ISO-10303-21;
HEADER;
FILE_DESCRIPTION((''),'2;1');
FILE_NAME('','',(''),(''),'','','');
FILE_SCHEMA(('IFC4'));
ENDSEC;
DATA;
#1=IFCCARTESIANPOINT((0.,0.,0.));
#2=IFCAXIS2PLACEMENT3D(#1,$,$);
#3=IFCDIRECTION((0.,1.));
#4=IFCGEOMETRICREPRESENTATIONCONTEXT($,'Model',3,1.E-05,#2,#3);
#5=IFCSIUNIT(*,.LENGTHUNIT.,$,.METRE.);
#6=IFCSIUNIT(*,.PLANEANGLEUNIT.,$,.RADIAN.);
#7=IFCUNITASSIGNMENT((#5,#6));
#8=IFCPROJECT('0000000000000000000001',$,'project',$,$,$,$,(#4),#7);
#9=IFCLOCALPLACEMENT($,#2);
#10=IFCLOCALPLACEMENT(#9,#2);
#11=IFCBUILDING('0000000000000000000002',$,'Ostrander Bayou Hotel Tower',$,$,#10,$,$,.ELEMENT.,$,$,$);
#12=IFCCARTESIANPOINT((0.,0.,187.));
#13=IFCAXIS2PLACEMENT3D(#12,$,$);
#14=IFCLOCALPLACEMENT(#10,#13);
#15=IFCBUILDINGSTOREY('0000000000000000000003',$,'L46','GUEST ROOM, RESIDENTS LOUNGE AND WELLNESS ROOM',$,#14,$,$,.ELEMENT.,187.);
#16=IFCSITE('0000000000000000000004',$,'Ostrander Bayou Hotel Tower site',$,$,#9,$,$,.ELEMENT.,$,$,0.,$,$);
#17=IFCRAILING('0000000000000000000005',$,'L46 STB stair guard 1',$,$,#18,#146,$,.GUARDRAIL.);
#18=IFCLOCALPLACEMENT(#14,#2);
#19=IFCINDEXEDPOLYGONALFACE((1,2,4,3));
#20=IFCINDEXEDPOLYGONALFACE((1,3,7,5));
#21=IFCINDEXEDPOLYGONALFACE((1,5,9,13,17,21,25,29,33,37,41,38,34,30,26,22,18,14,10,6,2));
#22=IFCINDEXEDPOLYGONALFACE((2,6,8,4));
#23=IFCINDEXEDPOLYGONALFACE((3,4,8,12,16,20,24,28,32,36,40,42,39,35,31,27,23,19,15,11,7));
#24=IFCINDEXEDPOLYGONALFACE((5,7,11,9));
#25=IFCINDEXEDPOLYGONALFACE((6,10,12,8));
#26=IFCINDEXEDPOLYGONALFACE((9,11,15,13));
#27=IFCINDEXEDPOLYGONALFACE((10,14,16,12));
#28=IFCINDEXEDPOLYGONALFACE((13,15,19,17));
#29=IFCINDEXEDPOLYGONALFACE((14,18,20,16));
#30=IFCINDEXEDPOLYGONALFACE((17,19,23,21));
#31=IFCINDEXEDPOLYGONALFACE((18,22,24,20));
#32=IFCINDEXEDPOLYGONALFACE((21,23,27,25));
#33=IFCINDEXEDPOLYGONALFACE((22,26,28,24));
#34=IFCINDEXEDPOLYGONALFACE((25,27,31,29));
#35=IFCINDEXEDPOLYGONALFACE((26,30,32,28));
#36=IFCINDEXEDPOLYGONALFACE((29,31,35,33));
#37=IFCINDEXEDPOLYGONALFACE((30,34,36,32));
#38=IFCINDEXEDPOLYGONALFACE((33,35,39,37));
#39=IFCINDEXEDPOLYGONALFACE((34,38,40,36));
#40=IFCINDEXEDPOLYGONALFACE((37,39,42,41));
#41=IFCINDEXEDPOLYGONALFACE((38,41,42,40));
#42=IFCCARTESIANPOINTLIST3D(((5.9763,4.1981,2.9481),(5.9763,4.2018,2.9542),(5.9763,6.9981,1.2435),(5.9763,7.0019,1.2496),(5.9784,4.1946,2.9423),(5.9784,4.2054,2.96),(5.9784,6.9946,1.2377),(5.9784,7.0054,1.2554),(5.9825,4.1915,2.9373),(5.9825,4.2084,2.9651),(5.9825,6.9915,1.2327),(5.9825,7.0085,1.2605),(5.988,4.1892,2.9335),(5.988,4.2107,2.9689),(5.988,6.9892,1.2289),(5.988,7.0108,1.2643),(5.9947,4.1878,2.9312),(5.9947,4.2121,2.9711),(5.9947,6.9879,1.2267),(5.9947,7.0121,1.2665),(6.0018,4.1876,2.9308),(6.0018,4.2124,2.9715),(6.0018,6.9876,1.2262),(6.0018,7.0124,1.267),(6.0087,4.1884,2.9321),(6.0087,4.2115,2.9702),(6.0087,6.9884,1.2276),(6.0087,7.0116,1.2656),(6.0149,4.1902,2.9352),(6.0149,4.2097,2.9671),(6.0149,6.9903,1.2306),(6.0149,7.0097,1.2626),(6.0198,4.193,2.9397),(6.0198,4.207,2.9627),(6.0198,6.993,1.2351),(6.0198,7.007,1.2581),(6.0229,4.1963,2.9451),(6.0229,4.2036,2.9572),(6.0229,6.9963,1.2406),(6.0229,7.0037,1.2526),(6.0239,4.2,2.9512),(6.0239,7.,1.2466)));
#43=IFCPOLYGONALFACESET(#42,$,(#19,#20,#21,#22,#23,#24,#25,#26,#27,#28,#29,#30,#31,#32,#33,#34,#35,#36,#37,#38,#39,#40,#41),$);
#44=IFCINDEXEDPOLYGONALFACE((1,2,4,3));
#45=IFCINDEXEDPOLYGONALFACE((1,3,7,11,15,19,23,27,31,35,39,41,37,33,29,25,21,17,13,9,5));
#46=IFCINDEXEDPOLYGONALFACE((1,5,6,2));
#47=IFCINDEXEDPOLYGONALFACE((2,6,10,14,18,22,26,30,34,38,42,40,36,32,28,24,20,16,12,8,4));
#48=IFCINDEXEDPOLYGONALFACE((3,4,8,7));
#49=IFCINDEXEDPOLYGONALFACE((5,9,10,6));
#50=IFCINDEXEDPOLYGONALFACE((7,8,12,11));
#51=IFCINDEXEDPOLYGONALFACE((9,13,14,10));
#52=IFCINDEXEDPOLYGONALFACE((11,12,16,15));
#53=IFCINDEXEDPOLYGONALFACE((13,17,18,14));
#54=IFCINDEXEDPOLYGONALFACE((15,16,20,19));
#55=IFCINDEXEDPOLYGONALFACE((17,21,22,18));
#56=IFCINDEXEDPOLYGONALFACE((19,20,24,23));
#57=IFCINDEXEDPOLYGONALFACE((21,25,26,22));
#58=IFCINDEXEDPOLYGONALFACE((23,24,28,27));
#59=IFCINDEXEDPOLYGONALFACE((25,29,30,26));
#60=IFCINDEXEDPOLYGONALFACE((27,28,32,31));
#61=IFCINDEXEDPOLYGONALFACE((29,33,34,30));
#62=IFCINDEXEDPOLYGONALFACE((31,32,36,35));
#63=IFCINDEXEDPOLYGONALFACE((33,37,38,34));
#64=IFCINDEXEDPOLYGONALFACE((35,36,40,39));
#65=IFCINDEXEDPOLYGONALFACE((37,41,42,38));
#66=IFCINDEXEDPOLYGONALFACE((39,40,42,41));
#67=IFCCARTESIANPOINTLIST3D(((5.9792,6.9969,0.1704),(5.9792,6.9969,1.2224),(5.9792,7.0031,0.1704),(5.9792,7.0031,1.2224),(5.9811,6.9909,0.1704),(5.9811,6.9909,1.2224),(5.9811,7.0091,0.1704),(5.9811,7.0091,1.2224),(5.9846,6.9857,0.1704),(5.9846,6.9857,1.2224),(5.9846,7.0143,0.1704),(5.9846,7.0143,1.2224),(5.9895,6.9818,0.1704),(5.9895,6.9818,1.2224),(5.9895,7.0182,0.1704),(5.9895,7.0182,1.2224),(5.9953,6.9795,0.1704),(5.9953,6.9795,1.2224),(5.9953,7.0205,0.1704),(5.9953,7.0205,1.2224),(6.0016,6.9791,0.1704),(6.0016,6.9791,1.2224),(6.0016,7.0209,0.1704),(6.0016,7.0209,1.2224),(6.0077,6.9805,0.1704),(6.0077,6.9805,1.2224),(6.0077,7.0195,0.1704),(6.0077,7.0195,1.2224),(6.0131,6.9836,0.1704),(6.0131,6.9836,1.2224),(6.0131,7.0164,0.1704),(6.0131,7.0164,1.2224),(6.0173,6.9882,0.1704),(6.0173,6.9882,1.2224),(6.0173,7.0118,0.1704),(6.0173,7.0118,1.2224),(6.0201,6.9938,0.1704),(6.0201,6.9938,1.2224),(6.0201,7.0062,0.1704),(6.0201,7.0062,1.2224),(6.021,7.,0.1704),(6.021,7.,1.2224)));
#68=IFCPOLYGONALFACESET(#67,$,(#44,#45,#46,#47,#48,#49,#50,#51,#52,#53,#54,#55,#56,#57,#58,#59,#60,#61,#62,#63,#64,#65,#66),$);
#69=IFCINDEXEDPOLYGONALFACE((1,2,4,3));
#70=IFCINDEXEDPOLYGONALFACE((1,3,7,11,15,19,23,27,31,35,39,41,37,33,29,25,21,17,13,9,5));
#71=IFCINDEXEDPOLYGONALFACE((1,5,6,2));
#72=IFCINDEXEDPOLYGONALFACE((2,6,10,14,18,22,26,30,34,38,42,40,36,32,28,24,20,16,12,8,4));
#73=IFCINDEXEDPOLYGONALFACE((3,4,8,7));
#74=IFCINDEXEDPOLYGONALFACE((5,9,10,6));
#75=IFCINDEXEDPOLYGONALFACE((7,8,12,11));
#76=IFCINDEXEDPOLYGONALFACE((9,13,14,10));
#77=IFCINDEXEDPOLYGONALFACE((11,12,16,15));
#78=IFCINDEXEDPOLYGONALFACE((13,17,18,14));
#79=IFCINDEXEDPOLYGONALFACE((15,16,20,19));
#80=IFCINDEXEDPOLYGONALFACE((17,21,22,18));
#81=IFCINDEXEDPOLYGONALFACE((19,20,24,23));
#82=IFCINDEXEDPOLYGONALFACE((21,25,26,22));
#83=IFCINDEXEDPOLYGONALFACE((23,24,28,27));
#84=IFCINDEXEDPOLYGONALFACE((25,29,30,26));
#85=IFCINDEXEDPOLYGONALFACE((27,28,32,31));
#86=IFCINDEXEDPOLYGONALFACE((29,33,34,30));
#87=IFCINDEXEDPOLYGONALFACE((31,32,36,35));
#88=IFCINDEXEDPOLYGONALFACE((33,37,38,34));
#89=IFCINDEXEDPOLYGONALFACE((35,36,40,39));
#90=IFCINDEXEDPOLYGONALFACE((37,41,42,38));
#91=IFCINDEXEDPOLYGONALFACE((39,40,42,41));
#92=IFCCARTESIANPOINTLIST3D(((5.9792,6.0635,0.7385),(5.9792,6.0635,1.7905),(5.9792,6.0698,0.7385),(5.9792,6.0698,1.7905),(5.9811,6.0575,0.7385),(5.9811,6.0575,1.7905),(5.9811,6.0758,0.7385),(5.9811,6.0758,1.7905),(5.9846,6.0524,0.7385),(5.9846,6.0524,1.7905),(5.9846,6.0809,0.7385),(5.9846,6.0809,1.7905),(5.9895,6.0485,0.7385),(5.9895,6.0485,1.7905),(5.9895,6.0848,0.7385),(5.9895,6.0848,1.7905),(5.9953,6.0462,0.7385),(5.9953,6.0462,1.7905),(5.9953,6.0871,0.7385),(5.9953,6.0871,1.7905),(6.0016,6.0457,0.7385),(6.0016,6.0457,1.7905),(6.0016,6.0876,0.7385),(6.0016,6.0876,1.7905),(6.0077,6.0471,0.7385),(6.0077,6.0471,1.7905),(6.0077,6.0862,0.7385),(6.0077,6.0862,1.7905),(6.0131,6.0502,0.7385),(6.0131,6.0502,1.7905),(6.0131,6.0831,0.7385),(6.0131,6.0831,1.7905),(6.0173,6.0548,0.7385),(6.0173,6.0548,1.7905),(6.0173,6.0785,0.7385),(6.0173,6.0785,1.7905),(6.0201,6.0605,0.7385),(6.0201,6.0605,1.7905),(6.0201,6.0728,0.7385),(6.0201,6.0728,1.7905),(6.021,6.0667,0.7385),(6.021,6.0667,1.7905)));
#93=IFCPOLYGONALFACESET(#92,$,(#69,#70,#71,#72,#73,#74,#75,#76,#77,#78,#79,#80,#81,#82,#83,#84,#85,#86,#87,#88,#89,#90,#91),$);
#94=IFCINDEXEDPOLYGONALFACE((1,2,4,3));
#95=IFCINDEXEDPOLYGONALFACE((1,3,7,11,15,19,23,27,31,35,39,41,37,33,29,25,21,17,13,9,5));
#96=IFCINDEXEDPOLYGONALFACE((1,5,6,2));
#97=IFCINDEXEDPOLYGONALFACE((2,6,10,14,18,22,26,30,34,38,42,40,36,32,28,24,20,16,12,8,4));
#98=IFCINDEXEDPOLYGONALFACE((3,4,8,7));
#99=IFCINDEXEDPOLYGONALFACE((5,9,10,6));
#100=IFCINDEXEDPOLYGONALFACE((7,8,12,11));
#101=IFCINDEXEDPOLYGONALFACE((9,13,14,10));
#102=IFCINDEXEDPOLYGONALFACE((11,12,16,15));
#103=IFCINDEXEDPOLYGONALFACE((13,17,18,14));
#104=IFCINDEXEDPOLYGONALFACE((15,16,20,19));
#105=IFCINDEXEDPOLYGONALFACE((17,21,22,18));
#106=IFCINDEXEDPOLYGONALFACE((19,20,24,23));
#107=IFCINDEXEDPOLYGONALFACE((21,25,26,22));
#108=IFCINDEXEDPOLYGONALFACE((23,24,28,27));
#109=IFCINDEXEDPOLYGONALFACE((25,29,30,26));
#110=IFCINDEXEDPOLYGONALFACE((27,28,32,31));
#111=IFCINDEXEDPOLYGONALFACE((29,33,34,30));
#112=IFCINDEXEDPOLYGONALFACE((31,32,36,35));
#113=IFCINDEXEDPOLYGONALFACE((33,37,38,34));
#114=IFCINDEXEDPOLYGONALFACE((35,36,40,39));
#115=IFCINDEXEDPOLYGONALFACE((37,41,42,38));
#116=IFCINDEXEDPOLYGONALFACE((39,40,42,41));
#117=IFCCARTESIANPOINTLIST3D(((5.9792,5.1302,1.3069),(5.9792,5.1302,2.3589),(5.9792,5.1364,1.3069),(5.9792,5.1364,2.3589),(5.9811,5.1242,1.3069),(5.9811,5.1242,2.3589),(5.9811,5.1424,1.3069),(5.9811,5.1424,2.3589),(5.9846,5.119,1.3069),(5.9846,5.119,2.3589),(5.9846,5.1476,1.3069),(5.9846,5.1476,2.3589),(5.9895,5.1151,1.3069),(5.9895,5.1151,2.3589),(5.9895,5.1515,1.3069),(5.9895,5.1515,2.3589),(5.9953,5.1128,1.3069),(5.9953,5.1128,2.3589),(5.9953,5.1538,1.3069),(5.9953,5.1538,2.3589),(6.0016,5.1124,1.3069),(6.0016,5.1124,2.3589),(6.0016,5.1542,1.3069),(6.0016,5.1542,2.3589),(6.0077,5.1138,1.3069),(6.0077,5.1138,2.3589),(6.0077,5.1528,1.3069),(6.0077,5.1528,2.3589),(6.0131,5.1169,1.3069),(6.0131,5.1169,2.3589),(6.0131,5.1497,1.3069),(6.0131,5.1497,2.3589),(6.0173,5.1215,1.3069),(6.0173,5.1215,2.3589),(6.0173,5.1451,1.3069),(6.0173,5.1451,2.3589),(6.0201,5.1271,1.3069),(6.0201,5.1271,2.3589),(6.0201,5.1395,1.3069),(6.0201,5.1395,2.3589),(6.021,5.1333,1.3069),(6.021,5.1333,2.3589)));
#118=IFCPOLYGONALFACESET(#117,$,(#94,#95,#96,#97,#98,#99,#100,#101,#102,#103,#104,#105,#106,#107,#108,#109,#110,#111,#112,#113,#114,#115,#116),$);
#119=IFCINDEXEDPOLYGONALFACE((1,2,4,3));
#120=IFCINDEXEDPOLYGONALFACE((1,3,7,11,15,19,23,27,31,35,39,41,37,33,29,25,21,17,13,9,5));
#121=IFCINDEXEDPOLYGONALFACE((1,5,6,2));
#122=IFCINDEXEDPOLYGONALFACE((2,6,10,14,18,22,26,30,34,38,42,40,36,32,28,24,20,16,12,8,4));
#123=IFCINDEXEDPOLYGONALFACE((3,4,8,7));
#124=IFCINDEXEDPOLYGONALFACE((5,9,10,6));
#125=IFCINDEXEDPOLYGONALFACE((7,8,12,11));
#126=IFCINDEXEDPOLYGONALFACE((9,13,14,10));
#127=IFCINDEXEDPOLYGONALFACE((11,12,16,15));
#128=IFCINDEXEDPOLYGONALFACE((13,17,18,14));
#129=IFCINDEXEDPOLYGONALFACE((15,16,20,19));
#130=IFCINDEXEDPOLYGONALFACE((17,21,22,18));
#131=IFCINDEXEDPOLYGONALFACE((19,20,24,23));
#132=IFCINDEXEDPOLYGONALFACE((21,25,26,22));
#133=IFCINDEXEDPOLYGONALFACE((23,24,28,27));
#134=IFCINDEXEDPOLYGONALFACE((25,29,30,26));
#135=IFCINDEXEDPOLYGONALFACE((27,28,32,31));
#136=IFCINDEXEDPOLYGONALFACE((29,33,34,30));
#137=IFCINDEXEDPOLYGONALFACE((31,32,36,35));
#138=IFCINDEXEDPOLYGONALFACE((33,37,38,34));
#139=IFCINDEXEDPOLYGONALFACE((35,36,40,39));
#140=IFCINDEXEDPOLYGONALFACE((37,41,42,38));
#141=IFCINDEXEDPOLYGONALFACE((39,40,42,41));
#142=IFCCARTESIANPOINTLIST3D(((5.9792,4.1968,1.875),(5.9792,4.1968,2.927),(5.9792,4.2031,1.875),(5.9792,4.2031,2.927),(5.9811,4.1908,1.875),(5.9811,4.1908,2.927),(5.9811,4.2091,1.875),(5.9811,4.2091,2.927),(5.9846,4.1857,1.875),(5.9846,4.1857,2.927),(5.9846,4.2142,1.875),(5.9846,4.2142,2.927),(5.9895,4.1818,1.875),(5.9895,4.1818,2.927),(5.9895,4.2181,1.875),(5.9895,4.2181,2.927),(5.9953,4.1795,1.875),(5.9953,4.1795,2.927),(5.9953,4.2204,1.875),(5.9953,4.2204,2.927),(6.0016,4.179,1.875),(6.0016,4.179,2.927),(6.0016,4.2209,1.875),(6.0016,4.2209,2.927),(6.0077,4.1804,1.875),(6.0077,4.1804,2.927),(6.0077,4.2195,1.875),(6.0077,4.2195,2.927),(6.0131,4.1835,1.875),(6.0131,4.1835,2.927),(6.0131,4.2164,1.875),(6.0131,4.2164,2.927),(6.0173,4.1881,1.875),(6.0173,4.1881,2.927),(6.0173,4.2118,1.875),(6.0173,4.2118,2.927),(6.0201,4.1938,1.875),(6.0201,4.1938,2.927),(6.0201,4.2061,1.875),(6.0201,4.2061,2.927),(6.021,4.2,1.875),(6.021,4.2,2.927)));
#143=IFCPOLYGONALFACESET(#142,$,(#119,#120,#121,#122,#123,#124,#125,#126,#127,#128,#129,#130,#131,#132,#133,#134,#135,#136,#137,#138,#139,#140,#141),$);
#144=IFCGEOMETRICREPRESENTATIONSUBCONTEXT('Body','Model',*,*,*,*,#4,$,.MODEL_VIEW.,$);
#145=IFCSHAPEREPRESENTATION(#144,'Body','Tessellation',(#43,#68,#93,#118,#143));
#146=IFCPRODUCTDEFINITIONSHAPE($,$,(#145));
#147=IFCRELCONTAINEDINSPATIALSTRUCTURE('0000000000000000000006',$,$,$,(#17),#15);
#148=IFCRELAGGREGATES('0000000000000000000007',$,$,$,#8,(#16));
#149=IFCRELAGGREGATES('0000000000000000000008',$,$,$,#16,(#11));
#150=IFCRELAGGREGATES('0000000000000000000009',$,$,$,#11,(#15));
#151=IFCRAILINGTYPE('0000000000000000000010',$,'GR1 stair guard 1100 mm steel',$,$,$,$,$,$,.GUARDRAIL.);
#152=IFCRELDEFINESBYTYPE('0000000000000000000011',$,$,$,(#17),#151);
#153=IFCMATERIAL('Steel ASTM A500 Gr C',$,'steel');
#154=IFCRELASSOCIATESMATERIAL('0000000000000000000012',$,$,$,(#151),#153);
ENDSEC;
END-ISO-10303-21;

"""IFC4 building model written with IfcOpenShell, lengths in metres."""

from ifc_helpers import new_model, si_unit, direction, frame, origin, origin_2d, place, context, subcontext, project, spatial, circle, extrude, material, type_object, element, save


model = new_model("IFC4")

# Units and contexts
model_context = context("Model", 3, precision=1e-05, world=origin(), true_north=direction((0.0, 1.0)))
body_context = subcontext(model_context, "Body", "Model", "MODEL_VIEW")
ifc_project = project(units=[si_unit("LENGTHUNIT", "METRE"), si_unit("PLANEANGLEUNIT", "RADIAN")], contexts=[model_context])

# Site, building, storey
site_placement = place(None, origin())
site = spatial("IfcSite", under=ifc_project, at=site_placement, Name="Ostrander Bayou Hotel Tower site", CompositionType="ELEMENT", RefElevation=0.0)
building_placement = place(site_placement, origin())
building = spatial("IfcBuilding", under=site, at=building_placement, Name="Ostrander Bayou Hotel Tower", CompositionType="ELEMENT")
storey_placement = place(building_placement, frame((0.0, 0.0, 187.0)))
storey = spatial("IfcBuildingStorey", under=building, at=storey_placement, Name="L46", Description="GUEST ROOM, RESIDENTS LOUNGE AND WELLNESS ROOM", CompositionType="ELEMENT", Elevation=187.0)

# Railing
ifc_material_1 = material(Name="Steel ASTM A500 Gr C", Category="steel")
railing_type_1 = type_object("IfcRailingType", Name="GR1 stair guard 1100 mm steel", PredefinedType="GUARDRAIL", material=ifc_material_1)
railing_1_placement = place(storey_placement, frame((6.0, 7.0, 0.1704)))
element("IfcRailing", 1, at=railing_1_placement, inside=storey, type_object=railing_type_1, Name="L46 STB stair guard 1", PredefinedType="GUARDRAIL", context=body_context, shape_type="SweptSolid", body=[
    extrude(circle(Radius=0.0239, at=origin_2d()), frame((0.0, 0.0, 1.0762), z_axis=(0.0, -0.85417, 0.519994), x_axis=(1.0, 0.0, 0.0)), (0.0, 0.0, 1.0), 3.2781),
    extrude(circle(Radius=0.021, at=origin_2d()), origin(), (0.0, 0.0, 1.0), 1.052),
    extrude(circle(Radius=0.021, at=origin_2d()), frame((0.0, -0.9333, 0.5681)), (0.0, 0.0, 1.0), 1.052),
    extrude(circle(Radius=0.021, at=origin_2d()), frame((0.0, -1.8667, 1.1365)), (0.0, 0.0, 1.0), 1.052),
    extrude(circle(Radius=0.021, at=origin_2d()), frame((0.0, -2.8, 1.7046)), (0.0, 0.0, 1.0), 1.052),
])

save(model, "model.ifc")
